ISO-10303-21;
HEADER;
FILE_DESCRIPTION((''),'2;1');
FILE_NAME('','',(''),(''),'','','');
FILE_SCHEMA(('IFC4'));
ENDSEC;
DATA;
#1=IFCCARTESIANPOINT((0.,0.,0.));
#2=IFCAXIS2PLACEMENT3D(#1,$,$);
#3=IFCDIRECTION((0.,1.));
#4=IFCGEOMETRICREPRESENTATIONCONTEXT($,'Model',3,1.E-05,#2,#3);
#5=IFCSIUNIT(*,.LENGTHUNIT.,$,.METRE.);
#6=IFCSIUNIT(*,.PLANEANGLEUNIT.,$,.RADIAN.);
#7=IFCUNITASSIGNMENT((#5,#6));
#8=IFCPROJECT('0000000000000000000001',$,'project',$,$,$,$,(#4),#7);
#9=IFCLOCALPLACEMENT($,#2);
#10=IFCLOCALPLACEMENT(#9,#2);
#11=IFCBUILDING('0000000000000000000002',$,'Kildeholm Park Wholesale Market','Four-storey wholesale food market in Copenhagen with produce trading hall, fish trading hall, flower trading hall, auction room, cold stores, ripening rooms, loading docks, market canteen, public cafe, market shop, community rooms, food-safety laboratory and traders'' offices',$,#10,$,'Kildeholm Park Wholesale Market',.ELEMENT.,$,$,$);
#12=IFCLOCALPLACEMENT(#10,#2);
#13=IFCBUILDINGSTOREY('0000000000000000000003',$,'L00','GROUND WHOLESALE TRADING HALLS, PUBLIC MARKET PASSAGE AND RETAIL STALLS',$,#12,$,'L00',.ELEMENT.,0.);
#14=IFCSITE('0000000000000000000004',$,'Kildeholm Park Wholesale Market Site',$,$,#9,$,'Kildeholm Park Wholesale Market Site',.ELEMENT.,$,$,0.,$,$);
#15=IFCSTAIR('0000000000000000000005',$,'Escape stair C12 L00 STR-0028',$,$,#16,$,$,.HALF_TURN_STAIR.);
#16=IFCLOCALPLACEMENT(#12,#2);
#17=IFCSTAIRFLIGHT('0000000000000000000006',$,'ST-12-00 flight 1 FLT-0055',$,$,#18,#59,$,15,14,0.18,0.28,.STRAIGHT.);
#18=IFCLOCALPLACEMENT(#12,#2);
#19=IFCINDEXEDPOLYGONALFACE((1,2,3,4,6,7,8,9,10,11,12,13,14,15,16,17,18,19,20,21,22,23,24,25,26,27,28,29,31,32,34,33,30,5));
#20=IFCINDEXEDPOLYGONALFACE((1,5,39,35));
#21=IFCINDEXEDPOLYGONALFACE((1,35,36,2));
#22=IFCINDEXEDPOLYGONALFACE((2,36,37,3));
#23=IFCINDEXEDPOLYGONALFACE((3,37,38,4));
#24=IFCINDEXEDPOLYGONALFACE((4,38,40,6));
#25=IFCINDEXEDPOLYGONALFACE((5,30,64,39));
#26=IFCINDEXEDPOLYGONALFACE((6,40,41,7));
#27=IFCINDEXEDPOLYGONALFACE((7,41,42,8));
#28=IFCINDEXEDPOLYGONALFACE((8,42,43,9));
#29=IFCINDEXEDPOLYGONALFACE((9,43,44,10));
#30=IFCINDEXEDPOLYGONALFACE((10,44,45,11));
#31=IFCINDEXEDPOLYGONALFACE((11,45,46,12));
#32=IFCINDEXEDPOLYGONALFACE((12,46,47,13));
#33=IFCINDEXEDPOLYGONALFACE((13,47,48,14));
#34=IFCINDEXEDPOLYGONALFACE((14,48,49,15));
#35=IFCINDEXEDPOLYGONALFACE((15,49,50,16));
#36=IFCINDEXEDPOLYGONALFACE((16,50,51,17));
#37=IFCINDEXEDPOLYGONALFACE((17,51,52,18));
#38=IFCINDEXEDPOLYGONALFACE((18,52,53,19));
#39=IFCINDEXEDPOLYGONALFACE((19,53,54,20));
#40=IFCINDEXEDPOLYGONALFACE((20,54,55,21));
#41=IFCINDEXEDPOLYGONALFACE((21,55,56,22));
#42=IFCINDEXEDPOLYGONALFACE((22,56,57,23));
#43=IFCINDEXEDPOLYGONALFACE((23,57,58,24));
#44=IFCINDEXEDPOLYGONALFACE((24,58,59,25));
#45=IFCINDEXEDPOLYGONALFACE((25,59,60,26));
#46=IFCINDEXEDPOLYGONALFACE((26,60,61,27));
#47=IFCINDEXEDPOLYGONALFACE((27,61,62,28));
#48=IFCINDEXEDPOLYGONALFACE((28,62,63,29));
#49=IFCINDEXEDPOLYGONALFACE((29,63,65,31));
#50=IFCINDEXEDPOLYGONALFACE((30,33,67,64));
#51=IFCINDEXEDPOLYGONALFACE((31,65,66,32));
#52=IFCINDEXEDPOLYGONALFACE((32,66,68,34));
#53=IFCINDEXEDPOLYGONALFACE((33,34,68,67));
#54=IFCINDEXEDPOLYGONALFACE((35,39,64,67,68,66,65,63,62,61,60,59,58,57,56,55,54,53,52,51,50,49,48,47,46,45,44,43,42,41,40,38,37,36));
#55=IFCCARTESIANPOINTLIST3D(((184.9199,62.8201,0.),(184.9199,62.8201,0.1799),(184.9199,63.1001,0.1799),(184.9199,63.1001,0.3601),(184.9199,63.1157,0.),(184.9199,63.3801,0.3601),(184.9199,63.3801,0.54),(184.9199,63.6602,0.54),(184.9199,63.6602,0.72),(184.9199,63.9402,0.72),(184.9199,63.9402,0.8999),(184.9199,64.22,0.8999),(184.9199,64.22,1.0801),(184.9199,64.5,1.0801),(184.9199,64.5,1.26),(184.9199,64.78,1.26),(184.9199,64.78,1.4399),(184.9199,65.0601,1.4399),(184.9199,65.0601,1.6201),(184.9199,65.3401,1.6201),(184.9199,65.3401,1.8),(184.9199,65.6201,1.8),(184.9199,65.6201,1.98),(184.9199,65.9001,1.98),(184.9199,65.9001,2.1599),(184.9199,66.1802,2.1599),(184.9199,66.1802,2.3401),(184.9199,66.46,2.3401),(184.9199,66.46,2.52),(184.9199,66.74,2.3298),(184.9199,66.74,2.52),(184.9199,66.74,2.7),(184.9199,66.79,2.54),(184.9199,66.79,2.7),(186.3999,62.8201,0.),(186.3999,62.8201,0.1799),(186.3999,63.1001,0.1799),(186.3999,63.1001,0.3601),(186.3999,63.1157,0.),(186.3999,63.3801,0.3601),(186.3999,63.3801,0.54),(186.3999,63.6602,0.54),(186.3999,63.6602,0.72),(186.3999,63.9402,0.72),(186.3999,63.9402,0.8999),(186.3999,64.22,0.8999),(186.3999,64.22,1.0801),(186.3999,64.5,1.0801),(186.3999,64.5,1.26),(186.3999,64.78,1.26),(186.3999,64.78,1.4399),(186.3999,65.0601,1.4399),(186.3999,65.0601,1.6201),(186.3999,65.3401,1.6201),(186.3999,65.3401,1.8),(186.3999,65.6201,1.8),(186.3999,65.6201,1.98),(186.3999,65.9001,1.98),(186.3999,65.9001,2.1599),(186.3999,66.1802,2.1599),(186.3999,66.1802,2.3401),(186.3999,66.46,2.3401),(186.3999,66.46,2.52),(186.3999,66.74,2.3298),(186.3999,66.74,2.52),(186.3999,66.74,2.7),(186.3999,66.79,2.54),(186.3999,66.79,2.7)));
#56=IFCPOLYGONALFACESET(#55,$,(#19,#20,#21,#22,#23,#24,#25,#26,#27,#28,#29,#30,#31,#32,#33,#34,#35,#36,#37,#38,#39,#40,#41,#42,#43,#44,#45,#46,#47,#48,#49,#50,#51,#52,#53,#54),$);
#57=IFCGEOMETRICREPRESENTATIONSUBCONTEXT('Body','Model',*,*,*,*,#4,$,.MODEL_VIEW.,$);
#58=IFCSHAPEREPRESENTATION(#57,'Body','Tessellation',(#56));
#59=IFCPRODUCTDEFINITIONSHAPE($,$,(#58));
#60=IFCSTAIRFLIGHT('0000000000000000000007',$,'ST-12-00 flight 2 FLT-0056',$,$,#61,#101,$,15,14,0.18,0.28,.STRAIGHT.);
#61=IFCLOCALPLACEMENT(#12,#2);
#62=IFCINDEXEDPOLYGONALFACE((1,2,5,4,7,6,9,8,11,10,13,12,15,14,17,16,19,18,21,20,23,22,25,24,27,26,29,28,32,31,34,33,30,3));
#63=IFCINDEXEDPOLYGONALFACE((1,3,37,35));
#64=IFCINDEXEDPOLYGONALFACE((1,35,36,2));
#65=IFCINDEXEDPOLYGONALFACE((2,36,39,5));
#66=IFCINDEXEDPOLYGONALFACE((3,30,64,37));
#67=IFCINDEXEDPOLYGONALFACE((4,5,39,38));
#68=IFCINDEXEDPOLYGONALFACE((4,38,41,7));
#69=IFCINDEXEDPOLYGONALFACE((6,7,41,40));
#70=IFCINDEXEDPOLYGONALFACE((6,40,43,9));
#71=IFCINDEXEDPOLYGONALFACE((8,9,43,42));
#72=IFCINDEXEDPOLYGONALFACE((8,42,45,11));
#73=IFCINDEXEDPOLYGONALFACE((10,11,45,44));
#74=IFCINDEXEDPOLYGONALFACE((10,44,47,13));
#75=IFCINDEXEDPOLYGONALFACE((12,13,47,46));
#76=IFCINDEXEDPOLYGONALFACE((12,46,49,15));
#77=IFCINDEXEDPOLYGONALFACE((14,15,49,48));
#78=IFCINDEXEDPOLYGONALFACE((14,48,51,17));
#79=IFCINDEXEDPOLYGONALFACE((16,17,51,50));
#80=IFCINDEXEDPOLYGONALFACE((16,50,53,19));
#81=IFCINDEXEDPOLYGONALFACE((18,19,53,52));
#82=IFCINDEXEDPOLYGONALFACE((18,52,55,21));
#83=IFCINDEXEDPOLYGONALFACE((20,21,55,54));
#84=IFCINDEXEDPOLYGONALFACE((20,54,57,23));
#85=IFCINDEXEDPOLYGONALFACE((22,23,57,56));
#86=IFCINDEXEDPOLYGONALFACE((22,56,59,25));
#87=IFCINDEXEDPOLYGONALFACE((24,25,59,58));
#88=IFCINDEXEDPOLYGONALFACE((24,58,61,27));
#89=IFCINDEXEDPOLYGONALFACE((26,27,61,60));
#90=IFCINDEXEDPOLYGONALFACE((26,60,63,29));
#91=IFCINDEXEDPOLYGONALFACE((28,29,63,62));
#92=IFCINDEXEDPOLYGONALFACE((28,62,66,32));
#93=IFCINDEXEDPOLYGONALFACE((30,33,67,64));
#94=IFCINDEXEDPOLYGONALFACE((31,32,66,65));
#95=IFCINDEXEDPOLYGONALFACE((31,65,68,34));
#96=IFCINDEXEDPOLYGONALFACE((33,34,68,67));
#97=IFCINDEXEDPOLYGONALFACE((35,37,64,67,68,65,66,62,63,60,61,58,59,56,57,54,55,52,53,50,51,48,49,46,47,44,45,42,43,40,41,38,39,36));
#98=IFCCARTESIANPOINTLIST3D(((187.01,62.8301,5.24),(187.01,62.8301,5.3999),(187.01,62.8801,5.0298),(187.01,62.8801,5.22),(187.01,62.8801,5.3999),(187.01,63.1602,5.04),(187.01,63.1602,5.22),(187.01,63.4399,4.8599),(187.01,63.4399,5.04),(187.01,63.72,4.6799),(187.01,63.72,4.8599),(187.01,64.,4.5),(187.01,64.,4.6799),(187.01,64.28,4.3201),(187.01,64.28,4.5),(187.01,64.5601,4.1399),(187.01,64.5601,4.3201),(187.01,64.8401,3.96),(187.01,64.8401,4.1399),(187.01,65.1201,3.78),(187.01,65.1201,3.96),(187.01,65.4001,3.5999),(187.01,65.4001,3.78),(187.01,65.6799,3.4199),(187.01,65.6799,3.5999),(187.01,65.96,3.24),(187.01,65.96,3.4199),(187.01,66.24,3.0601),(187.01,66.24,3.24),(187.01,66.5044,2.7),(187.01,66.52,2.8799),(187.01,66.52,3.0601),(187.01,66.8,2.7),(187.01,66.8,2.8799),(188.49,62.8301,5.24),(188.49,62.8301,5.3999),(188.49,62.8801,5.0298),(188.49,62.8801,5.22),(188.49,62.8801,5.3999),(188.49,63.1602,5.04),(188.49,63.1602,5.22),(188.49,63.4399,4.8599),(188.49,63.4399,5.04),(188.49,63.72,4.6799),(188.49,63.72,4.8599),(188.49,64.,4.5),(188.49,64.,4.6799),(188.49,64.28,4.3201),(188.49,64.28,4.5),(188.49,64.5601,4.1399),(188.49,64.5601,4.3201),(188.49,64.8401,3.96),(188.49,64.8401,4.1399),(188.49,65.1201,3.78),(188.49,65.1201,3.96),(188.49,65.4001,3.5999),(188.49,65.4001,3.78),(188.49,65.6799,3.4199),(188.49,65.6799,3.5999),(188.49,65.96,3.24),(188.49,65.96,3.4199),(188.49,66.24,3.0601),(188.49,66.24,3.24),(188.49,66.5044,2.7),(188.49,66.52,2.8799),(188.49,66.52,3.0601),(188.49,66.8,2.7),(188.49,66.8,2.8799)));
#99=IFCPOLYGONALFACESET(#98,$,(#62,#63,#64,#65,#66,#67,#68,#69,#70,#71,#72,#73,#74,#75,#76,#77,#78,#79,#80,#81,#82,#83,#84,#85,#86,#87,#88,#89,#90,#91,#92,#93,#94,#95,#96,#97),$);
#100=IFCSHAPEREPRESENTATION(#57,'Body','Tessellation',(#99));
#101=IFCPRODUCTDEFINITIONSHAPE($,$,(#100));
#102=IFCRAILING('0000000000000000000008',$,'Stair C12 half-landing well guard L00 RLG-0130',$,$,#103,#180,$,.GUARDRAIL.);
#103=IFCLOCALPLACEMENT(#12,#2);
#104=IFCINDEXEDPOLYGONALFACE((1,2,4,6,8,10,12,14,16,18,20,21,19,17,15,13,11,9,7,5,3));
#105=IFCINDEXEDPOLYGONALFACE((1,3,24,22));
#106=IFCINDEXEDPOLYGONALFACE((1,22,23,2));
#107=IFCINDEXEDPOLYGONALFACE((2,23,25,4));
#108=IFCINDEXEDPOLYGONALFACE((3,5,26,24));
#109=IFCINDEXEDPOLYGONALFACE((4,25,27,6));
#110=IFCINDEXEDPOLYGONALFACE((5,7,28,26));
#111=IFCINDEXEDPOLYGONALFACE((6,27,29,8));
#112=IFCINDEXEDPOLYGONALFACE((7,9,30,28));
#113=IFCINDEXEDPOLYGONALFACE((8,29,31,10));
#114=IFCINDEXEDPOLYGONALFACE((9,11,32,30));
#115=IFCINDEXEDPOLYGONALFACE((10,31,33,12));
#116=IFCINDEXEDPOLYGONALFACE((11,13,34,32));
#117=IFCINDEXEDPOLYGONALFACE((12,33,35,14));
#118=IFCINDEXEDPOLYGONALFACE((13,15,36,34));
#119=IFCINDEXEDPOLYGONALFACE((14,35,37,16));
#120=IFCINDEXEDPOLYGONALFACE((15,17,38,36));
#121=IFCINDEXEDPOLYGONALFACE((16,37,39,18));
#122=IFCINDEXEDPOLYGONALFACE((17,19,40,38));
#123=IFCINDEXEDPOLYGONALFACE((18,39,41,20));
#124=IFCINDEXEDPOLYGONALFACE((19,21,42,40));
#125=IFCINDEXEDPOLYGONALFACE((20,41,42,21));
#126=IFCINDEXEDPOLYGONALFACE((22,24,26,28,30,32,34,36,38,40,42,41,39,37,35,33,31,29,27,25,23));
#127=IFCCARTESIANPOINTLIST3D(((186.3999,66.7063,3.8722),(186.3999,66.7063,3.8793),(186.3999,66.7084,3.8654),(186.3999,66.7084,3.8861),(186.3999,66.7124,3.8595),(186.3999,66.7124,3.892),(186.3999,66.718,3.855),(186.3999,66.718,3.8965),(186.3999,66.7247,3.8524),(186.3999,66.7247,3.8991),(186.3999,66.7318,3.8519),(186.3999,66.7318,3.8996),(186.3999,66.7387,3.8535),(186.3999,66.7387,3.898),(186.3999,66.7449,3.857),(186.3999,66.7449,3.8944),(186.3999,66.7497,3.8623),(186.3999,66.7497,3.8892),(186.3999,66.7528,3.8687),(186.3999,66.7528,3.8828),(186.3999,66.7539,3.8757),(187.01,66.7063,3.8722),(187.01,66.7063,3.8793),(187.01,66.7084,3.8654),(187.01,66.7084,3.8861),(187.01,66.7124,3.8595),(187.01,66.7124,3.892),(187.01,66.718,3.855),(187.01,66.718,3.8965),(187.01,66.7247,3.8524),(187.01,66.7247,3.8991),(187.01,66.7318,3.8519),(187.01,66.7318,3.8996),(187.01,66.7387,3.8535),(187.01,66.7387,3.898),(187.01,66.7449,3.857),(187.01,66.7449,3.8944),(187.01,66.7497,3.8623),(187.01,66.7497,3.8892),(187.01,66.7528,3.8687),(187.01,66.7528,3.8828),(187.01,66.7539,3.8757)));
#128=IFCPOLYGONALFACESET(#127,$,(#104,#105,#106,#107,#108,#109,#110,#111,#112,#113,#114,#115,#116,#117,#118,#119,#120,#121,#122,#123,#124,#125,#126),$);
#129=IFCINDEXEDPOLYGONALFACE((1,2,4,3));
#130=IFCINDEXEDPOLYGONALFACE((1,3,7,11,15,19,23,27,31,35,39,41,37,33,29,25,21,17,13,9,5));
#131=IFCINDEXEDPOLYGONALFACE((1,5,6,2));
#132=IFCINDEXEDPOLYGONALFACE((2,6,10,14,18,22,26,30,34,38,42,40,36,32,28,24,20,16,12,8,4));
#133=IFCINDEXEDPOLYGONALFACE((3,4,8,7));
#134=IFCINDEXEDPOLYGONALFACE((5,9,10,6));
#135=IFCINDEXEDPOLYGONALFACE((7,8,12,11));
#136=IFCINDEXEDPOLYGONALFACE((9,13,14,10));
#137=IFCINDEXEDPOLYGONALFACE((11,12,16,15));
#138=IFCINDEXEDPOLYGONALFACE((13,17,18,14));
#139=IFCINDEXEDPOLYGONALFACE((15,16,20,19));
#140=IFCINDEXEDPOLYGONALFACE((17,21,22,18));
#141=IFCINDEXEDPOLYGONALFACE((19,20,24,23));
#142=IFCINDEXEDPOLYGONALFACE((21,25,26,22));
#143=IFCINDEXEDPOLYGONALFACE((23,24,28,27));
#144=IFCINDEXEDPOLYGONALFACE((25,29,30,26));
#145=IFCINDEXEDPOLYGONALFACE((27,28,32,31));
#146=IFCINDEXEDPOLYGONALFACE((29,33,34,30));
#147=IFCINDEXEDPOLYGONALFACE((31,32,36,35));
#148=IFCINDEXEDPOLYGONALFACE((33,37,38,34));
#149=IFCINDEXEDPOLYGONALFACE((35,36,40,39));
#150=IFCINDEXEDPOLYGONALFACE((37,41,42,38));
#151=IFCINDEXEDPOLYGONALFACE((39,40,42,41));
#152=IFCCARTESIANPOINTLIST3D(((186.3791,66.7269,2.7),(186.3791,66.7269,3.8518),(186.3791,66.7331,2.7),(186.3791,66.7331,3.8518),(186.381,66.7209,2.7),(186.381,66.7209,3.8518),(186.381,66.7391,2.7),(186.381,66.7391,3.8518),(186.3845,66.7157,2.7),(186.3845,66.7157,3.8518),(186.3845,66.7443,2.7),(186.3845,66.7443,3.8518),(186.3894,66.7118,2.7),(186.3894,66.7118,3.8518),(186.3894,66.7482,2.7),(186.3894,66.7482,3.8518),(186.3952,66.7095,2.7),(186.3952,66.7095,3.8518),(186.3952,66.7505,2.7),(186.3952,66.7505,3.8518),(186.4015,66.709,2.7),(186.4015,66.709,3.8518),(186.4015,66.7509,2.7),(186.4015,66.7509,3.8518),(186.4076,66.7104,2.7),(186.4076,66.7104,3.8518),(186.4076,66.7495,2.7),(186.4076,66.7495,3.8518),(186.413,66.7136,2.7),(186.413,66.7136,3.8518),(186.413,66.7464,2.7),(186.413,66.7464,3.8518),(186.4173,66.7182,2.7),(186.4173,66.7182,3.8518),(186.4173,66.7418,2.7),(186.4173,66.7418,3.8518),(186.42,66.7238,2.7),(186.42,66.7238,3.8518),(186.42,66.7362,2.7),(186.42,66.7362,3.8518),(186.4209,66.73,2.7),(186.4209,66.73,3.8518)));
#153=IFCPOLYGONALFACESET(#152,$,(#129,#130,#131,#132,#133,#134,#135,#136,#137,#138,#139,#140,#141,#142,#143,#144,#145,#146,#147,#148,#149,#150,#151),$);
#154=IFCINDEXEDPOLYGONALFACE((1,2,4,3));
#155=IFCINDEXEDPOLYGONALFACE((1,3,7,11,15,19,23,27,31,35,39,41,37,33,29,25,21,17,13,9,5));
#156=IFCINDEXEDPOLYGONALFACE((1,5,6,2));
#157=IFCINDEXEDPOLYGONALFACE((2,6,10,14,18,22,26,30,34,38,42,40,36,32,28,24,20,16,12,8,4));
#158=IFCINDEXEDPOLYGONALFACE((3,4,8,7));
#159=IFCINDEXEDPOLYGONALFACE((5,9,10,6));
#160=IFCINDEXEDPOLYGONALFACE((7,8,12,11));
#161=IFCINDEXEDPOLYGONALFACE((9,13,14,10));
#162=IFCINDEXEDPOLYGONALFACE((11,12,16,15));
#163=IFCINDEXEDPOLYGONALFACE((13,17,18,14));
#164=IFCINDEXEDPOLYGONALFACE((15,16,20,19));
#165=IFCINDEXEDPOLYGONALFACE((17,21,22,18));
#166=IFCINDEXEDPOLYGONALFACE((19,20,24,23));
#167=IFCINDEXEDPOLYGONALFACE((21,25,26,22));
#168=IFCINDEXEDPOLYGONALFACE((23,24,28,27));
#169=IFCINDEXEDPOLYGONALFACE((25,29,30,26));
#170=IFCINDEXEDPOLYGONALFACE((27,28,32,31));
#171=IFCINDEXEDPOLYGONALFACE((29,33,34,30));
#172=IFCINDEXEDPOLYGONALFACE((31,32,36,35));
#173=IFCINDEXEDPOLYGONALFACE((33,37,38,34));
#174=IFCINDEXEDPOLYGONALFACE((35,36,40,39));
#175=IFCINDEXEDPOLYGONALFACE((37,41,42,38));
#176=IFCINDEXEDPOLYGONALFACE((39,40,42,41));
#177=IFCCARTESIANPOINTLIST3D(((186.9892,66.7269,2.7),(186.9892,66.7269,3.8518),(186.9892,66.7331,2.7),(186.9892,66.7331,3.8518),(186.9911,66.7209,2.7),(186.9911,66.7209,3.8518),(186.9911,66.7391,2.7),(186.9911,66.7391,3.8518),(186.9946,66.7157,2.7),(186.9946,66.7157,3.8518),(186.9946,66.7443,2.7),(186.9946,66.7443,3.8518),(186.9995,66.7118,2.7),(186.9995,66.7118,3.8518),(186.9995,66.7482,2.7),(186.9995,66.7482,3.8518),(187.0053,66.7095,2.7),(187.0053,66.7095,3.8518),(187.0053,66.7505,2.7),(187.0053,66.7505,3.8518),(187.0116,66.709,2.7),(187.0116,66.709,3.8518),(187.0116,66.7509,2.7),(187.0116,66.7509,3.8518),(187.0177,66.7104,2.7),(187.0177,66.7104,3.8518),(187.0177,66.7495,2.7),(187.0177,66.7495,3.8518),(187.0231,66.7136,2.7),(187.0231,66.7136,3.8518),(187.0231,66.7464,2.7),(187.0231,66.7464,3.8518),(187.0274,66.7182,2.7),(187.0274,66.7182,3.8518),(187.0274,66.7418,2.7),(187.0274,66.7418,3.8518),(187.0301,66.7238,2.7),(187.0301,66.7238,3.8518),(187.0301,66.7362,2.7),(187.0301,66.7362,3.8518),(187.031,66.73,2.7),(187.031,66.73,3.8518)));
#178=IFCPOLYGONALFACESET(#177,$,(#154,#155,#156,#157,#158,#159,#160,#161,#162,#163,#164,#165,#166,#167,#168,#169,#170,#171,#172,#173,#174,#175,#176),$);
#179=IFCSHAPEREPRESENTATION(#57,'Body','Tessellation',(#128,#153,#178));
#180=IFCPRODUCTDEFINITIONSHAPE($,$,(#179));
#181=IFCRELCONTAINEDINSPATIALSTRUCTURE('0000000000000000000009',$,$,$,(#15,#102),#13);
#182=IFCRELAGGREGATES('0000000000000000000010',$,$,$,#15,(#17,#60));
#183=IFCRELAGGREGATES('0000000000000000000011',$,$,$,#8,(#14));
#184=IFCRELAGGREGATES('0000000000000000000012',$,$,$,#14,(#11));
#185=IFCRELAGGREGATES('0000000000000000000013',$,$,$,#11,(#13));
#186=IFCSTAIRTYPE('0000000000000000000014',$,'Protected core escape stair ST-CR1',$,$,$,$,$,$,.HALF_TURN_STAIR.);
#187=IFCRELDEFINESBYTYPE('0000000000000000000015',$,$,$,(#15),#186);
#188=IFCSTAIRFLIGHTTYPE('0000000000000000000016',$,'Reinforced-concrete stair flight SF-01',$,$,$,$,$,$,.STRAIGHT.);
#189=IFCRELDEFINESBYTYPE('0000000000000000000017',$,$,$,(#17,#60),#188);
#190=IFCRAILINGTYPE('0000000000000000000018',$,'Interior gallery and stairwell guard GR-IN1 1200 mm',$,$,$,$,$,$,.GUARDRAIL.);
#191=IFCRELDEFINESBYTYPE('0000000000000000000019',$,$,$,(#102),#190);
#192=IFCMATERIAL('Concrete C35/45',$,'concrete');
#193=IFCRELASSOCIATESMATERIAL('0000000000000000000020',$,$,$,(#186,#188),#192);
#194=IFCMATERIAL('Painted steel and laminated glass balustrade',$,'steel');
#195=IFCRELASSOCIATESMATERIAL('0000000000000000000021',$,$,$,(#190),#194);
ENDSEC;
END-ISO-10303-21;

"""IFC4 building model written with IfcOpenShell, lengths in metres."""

from ifc_helpers import new_model, si_unit, direction, frame, origin, origin_2d, place, context, subcontext, project, spatial, polyline, circle, outline, extrude, material, type_object, element, aggregate, save


model = new_model("IFC4")

# Units and contexts
model_context = context("Model", 3, precision=1e-05, world=origin(), true_north=direction((0.0, 1.0)))
body_context = subcontext(model_context, "Body", "Model", "MODEL_VIEW")
ifc_project = project(units=[si_unit("LENGTHUNIT", "METRE"), si_unit("PLANEANGLEUNIT", "RADIAN")], contexts=[model_context])

# Site, building, storey
site_placement = place(None, origin())
site = spatial("IfcSite", under=ifc_project, at=site_placement, Name="Kildeholm Park Wholesale Market Site", LongName="Kildeholm Park Wholesale Market Site", CompositionType="ELEMENT", RefElevation=0.0)
building_placement = place(site_placement, origin())
building = spatial("IfcBuilding", under=site, at=building_placement, Name="Kildeholm Park Wholesale Market", Description="Four-storey wholesale food market in Copenhagen with produce trading hall, fish trading hall, flower trading hall, auction room, cold stores, ripening rooms, loading docks, market canteen, public cafe, market shop, community rooms, food-safety laboratory and traders' offices", LongName="Kildeholm Park Wholesale Market", CompositionType="ELEMENT")
storey_placement = place(building_placement, origin())
storey = spatial("IfcBuildingStorey", under=building, at=storey_placement, Name="L00", Description="GROUND WHOLESALE TRADING HALLS, PUBLIC MARKET PASSAGE AND RETAIL STALLS", LongName="L00", CompositionType="ELEMENT", Elevation=0.0)

# Shared definitions
ifc_material_1 = material(Name="Concrete C35/45", Category="concrete")

# Stair, stair flights
stair_type = type_object("IfcStairType", Name="Protected core escape stair ST-CR1", PredefinedType="HALF_TURN_STAIR", material=ifc_material_1)
stair_placement = place(storey_placement, origin())
stair = element("IfcStair", 1, at=stair_placement, inside=storey, type_object=stair_type, Name="Escape stair C12 L00 STR-0028", PredefinedType="HALF_TURN_STAIR")
stair_flight_type = type_object("IfcStairFlightType", Name="Reinforced-concrete stair flight SF-01", PredefinedType="STRAIGHT", material=ifc_material_1)
stair_flight_1_placement = place(storey_placement, frame((185.6599, 62.8201, 0.0), z_axis=(0.0, 0.0, 1.0), x_axis=(0.0, 1.0, 0.0)))
stair_flight_1 = element("IfcStairFlight", 2, at=stair_flight_1_placement, type_object=stair_flight_type, Name="ST-12-00 flight 1 FLT-0055", NumberOfRisers=15, NumberOfTreads=14, PredefinedType="STRAIGHT", RiserHeight=0.18, TreadLength=0.28, context=body_context, shape_type="SweptSolid", body=[
    extrude(outline(polyline([(0.0, 0.0), (0.0, 0.1799), (0.28, 0.1799), (0.28, 0.3601), (0.5601, 0.3601), (0.5601, 0.54), (0.8401, 0.54), (0.8401, 0.72), (1.1201, 0.72), (1.1201, 0.8999), (1.3999, 0.8999), (1.3999, 1.0801), (1.6799, 1.0801), (1.6799, 1.26), (1.96, 1.26), (1.96, 1.4399), (2.24, 1.4399), (2.24, 1.6201), (2.52, 1.6201), (2.52, 1.8), (2.8, 1.8), (2.8, 1.98), (3.0801, 1.98), (3.0801, 2.1599), (3.3601, 2.1599), (3.3601, 2.3401), (3.6399, 2.3401), (3.6399, 2.52), (3.9199, 2.52), (3.9199, 2.7), (3.97, 2.7), (3.97, 2.54), (3.9199, 2.3298), (0.2957, 0.0), (0.0, 0.0)])), frame((0.0, 0.74, 0.0), z_axis=(0.0, -1.0, 0.0), x_axis=(1.0, 0.0, 0.0)), (0.0, 0.0, 1.0), 1.48),
])
stair_flight_2_placement = place(storey_placement, frame((187.75, 66.8, 2.7), z_axis=(0.0, 0.0, 1.0), x_axis=(0.0, -1.0, 0.0)))
stair_flight_2 = element("IfcStairFlight", 3, at=stair_flight_2_placement, type_object=stair_flight_type, Name="ST-12-00 flight 2 FLT-0056", NumberOfRisers=15, NumberOfTreads=14, PredefinedType="STRAIGHT", RiserHeight=0.18, TreadLength=0.28, context=body_context, shape_type="SweptSolid", body=[
    extrude(outline(polyline([(0.0, 0.0), (0.0, 0.1799), (0.28, 0.1799), (0.28, 0.3601), (0.5601, 0.3601), (0.5601, 0.54), (0.8401, 0.54), (0.8401, 0.72), (1.1201, 0.72), (1.1201, 0.8999), (1.3999, 0.8999), (1.3999, 1.0801), (1.6799, 1.0801), (1.6799, 1.26), (1.96, 1.26), (1.96, 1.4399), (2.24, 1.4399), (2.24, 1.6201), (2.52, 1.6201), (2.52, 1.8), (2.8, 1.8), (2.8, 1.98), (3.0801, 1.98), (3.0801, 2.1599), (3.3601, 2.1599), (3.3601, 2.3401), (3.6399, 2.3401), (3.6399, 2.52), (3.9199, 2.52), (3.9199, 2.7), (3.97, 2.7), (3.97, 2.54), (3.9199, 2.3298), (0.2957, 0.0), (0.0, 0.0)])), frame((0.0, 0.74, 0.0), z_axis=(0.0, -1.0, 0.0), x_axis=(1.0, 0.0, 0.0)), (0.0, 0.0, 1.0), 1.48),
])
aggregate(stair, [stair_flight_1, stair_flight_2])

# Railing
ifc_material_2 = material(Name="Painted steel and laminated glass balustrade", Category="steel")
railing_type_1 = type_object("IfcRailingType", Name="Interior gallery and stairwell guard GR-IN1 1200 mm", PredefinedType="GUARDRAIL", material=ifc_material_2)
railing_1_placement = place(storey_placement, frame((186.3999, 66.73, 2.7)))
element("IfcRailing", 4, at=railing_1_placement, inside=storey, type_object=railing_type_1, Name="Stair C12 half-landing well guard L00 RLG-0130", PredefinedType="GUARDRAIL", context=body_context, shape_type="SweptSolid", body=[
    extrude(circle(Radius=0.0239, at=origin_2d()), frame((0.0, 0.0, 1.1758), z_axis=(1.0, 0.0, 0.0), x_axis=(0.0, 1.0, 0.0)), (0.0, 0.0, 1.0), 0.6101),
    extrude(circle(Radius=0.021, at=origin_2d()), origin(), (0.0, 0.0, 1.0), 1.1519),
    extrude(circle(Radius=0.021, at=origin_2d()), frame((0.6101, 0.0, 0.0)), (0.0, 0.0, 1.0), 1.1519),
])

save(model, "model.ifc")
